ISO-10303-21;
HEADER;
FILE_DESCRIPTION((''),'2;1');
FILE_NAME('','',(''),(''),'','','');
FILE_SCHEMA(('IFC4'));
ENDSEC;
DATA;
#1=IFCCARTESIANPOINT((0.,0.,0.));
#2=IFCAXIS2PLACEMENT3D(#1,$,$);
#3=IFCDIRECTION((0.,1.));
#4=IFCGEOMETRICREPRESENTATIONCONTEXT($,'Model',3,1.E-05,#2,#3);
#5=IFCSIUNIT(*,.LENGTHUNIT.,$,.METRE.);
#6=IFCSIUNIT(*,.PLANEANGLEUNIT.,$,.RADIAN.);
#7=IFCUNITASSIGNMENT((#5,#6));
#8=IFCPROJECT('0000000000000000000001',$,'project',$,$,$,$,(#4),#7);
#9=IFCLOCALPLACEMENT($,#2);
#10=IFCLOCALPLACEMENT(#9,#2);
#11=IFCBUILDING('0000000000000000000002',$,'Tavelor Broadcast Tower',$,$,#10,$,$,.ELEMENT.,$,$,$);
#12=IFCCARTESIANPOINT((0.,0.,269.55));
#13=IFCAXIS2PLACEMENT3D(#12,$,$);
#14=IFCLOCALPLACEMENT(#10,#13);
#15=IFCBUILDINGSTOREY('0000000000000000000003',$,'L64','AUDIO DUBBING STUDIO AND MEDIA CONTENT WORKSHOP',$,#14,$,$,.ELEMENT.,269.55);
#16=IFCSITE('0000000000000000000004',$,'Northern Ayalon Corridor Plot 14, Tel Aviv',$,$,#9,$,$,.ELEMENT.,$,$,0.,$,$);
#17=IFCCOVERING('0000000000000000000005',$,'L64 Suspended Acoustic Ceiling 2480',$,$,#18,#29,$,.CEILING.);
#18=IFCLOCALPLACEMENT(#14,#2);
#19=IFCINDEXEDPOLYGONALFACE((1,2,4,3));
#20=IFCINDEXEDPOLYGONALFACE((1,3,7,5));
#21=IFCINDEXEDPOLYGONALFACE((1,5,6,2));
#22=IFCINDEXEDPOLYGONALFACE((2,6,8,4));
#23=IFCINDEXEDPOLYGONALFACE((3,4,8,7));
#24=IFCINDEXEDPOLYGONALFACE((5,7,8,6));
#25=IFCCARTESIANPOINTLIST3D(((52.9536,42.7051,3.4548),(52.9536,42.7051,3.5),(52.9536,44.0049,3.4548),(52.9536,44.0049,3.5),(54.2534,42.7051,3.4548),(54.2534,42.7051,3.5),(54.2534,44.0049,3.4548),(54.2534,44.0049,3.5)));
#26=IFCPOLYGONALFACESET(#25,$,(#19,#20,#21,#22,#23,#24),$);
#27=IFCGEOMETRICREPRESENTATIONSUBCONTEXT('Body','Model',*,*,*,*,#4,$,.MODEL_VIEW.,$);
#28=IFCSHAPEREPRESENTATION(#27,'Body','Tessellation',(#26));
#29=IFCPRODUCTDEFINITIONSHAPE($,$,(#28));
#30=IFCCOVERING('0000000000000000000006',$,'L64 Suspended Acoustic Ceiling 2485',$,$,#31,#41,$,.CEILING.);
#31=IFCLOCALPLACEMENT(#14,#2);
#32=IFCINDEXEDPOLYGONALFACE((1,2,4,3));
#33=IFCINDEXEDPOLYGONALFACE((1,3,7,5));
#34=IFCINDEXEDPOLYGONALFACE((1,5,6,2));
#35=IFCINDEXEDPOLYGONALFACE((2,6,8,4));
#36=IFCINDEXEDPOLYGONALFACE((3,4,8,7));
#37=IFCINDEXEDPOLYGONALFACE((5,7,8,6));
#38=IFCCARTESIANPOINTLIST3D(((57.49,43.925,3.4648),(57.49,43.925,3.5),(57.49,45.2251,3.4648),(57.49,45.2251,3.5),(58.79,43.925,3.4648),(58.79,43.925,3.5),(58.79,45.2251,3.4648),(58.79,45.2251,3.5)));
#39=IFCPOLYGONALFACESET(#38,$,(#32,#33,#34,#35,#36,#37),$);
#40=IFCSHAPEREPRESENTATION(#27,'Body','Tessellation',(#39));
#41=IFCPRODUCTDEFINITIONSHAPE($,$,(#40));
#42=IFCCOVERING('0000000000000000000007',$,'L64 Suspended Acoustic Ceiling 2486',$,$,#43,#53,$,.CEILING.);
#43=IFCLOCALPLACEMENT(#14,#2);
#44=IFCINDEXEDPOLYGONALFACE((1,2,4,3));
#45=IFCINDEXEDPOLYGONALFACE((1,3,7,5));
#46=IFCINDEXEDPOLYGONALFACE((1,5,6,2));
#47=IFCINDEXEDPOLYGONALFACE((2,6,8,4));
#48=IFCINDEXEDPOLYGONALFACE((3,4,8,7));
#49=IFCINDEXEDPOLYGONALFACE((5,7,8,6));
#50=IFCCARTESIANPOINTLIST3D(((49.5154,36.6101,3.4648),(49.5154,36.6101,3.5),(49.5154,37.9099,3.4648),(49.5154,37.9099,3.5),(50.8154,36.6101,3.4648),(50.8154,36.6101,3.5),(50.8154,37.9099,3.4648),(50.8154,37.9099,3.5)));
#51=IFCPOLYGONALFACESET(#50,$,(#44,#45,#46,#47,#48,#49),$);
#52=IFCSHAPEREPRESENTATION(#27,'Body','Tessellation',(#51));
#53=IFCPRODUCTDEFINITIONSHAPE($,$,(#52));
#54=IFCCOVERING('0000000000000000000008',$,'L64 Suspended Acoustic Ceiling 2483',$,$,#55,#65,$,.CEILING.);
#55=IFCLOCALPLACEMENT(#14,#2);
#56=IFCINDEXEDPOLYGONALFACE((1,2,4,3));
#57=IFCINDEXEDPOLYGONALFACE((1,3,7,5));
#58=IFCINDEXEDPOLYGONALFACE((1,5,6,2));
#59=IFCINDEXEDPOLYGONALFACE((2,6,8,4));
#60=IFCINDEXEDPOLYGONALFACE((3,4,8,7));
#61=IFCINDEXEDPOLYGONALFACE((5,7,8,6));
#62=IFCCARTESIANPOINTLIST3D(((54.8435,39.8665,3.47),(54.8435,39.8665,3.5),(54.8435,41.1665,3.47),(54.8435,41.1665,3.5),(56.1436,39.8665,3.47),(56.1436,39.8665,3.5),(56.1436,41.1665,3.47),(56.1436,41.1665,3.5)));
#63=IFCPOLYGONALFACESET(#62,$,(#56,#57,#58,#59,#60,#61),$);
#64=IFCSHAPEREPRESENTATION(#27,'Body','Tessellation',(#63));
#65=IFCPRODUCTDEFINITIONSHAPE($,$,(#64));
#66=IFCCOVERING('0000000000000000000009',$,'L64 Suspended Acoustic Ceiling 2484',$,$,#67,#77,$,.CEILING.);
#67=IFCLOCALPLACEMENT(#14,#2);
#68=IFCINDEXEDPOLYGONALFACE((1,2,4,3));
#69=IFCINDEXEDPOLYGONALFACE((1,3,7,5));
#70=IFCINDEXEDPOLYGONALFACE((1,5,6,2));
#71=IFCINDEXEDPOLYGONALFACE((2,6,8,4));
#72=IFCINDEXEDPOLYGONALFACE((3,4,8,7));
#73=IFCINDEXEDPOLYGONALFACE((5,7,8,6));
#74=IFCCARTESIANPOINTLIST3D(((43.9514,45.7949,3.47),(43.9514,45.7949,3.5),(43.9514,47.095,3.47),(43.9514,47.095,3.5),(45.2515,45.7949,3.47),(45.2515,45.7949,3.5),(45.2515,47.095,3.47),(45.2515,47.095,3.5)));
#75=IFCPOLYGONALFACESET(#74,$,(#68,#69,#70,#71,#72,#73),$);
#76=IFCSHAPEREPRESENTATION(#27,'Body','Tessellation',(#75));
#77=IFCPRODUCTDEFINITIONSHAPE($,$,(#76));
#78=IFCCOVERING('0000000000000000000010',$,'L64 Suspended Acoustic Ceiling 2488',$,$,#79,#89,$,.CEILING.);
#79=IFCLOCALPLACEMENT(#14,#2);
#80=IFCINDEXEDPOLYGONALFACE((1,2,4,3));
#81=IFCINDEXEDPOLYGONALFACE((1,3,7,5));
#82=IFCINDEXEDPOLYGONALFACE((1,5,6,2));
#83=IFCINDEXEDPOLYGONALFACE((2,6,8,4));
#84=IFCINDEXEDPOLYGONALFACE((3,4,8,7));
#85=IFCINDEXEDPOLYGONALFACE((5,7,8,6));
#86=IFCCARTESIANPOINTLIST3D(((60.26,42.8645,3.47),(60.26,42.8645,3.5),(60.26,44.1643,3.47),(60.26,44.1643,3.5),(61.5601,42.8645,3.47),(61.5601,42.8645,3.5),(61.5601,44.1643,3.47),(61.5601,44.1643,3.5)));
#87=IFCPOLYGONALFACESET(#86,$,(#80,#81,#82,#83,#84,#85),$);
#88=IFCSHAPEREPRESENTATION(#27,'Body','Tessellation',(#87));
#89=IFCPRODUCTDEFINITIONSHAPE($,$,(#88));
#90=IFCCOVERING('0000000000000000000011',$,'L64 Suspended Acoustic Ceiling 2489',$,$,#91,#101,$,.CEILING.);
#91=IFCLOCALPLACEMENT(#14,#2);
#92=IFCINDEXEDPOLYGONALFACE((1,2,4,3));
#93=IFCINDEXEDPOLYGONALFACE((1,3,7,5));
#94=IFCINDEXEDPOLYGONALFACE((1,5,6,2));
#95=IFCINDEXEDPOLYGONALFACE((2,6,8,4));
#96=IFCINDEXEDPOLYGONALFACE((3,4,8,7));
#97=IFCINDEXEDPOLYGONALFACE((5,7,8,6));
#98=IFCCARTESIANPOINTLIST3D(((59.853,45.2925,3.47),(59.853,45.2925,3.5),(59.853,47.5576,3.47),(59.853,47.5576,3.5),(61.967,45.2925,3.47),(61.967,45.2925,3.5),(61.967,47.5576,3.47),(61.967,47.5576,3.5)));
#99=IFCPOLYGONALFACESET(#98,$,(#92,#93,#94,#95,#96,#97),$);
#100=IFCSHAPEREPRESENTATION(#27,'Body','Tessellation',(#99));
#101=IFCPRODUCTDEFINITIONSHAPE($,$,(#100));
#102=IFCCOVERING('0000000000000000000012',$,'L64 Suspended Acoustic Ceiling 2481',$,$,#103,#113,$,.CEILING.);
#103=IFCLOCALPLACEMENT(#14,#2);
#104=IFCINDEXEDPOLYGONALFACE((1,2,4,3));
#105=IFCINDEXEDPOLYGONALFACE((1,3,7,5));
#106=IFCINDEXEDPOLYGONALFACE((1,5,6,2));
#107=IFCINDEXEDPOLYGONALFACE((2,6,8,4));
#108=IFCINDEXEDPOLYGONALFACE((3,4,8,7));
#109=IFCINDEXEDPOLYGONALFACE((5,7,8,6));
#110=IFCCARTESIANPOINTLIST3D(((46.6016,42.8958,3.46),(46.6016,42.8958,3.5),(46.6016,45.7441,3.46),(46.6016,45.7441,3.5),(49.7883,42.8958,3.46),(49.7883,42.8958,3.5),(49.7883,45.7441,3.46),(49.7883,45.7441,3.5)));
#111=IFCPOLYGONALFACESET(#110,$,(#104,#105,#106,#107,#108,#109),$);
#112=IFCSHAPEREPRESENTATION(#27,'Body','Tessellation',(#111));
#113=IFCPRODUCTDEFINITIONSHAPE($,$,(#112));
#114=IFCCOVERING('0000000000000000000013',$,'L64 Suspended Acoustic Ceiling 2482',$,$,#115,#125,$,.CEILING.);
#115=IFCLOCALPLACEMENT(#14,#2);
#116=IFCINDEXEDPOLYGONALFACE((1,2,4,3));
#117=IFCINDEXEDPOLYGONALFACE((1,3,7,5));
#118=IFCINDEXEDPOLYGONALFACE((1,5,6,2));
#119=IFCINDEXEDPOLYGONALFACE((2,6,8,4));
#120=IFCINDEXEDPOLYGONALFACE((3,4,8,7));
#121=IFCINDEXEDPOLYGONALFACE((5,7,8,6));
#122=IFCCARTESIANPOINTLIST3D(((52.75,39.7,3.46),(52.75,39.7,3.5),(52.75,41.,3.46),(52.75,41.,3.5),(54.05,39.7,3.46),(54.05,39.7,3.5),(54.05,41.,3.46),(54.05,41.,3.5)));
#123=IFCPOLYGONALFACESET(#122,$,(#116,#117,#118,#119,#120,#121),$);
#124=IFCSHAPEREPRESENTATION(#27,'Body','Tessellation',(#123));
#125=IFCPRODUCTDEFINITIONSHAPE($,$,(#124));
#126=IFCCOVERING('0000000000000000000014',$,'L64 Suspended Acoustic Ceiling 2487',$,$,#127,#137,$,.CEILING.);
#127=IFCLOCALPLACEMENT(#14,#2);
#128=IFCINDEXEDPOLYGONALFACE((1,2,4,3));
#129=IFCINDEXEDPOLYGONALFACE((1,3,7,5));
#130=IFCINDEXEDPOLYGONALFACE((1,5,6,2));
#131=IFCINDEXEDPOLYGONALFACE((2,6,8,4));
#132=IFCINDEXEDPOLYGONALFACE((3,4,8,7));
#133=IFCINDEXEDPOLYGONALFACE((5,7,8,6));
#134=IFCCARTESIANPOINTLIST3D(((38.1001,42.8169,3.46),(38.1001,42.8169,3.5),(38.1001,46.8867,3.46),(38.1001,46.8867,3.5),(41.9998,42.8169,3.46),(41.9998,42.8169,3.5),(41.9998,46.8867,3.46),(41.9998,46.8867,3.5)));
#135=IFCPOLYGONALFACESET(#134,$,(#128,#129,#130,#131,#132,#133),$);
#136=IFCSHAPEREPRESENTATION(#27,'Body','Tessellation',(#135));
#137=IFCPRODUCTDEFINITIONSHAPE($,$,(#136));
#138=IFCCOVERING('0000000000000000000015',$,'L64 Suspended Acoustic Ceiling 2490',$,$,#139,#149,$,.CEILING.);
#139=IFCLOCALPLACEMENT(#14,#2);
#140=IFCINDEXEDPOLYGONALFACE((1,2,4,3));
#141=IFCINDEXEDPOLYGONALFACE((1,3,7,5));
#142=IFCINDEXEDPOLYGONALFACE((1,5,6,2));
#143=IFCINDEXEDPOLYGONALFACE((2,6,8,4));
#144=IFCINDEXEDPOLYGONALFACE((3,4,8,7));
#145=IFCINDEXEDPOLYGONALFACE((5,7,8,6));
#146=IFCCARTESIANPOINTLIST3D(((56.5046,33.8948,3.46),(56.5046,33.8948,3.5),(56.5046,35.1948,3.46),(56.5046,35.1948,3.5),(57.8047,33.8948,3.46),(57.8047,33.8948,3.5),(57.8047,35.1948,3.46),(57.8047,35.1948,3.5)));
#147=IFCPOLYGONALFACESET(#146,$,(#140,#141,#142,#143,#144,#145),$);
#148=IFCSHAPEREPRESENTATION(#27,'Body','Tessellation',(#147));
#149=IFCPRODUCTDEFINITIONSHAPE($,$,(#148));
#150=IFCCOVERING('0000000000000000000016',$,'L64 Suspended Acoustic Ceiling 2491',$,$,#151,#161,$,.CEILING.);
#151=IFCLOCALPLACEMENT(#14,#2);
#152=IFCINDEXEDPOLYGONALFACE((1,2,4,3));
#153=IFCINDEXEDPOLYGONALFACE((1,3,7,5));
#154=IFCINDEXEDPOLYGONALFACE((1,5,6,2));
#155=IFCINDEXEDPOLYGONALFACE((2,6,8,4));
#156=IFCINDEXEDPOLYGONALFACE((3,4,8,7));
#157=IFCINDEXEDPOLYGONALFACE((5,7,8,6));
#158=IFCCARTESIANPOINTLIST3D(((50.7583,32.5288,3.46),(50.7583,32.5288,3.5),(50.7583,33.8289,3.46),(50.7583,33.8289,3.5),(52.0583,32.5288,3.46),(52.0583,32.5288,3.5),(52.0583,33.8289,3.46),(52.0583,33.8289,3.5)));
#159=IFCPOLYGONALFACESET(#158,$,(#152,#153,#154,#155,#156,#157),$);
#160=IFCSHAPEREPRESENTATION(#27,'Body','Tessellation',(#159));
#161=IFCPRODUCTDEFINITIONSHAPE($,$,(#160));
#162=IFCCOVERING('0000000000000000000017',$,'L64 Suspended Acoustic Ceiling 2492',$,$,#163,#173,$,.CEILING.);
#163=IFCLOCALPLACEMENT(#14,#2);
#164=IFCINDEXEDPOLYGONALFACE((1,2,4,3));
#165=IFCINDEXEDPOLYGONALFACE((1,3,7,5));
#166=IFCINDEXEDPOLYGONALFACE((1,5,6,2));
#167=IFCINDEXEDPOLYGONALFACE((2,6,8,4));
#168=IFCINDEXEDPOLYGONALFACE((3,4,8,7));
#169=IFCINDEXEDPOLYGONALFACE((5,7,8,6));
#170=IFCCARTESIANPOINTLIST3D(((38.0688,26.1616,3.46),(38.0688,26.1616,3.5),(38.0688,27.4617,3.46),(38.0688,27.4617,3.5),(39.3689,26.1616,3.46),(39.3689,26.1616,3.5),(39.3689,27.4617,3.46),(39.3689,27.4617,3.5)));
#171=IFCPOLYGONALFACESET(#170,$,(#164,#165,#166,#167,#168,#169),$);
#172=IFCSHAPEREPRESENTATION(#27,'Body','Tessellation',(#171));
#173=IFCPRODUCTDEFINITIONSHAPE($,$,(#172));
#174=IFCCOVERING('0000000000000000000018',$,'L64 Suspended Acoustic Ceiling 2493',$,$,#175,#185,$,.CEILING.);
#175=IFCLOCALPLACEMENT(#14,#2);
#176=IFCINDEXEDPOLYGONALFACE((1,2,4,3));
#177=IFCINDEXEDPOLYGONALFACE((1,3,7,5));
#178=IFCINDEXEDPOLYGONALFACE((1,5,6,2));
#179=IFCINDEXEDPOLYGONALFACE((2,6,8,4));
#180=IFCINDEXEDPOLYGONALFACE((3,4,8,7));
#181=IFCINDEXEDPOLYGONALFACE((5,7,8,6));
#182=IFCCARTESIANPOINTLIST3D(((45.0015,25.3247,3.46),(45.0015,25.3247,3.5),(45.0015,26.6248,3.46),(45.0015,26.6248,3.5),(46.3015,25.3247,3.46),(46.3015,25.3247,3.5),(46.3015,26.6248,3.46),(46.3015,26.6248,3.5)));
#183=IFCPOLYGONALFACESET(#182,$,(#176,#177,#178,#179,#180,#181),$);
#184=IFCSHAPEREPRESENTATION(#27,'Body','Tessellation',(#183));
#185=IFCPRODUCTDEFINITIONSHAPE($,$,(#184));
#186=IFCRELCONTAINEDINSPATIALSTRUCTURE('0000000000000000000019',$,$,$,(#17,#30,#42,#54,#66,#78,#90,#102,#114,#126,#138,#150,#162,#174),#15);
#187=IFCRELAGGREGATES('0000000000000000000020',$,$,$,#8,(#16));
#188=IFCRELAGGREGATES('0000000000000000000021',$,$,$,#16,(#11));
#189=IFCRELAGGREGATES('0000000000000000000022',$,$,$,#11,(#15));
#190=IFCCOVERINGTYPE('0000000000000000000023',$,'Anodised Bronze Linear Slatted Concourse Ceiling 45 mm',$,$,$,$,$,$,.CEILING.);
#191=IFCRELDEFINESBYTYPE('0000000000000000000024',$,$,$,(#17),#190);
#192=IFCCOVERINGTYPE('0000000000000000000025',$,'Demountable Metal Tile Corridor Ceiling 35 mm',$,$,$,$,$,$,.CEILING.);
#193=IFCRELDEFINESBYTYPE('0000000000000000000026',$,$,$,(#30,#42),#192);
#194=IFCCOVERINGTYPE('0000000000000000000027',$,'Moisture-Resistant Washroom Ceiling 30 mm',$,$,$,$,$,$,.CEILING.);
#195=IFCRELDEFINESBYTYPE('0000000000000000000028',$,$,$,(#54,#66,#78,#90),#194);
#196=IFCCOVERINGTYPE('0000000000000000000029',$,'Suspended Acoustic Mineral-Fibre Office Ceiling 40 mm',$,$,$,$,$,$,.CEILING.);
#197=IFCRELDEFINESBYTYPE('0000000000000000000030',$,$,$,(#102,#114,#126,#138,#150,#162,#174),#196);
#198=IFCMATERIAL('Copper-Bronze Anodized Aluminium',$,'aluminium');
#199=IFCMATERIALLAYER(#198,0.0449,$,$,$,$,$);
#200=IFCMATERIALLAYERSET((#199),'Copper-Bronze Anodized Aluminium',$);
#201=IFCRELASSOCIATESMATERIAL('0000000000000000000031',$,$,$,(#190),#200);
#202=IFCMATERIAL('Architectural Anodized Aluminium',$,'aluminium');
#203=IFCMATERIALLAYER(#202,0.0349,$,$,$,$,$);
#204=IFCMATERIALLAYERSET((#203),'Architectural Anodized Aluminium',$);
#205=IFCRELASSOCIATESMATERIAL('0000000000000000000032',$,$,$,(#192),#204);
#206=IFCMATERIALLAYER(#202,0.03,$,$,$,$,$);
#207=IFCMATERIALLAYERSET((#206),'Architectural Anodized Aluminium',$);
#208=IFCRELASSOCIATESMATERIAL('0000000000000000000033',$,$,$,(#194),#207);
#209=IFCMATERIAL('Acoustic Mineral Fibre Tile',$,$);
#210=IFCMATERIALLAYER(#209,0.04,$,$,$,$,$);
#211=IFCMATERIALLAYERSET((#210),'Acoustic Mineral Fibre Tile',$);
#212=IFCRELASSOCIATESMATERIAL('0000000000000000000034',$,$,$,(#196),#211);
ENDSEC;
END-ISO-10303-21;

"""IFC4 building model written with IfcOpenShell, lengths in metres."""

from ifc_helpers import new_model, si_unit, direction, frame, origin, place, context, subcontext, project, spatial, polyline, outline, extrude, material, layer, layer_set, type_object, element, save


model = new_model("IFC4")

# Units and contexts
model_context = context("Model", 3, precision=1e-05, world=origin(), true_north=direction((0.0, 1.0)))
body_context = subcontext(model_context, "Body", "Model", "MODEL_VIEW")
ifc_project = project(units=[si_unit("LENGTHUNIT", "METRE"), si_unit("PLANEANGLEUNIT", "RADIAN")], contexts=[model_context])

# Site, building, storey
site_placement = place(None, origin())
site = spatial("IfcSite", under=ifc_project, at=site_placement, Name="Northern Ayalon Corridor Plot 14, Tel Aviv", CompositionType="ELEMENT", RefElevation=0.0)
building_placement = place(site_placement, origin())
building = spatial("IfcBuilding", under=site, at=building_placement, Name="Tavelor Broadcast Tower", CompositionType="ELEMENT")
storey_placement = place(building_placement, frame((0.0, 0.0, 269.55)))
storey = spatial("IfcBuildingStorey", under=building, at=storey_placement, Name="L64", Description="AUDIO DUBBING STUDIO AND MEDIA CONTENT WORKSHOP", CompositionType="ELEMENT", Elevation=269.55)

# Coverings
ifc_material_1 = material(Name="Copper-Bronze Anodized Aluminium", Category="aluminium")
ifc_layer_1 = layer(ifc_material_1, 0.0449)
ifc_layer_set_1 = layer_set([ifc_layer_1], Name="Copper-Bronze Anodized Aluminium")
covering_type_1 = type_object("IfcCoveringType", Name="Anodised Bronze Linear Slatted Concourse Ceiling 45 mm", PredefinedType="CEILING", material=ifc_layer_set_1)
covering_1_placement = place(storey_placement, frame((0.0, 0.0, 3.4548)))
element("IfcCovering", 1, at=covering_1_placement, inside=storey, type_object=covering_type_1, Name="L64 Suspended Acoustic Ceiling 2480", PredefinedType="CEILING", context=body_context, shape_type="SweptSolid", body=[
    extrude(outline(polyline([(52.9536, 42.7051), (54.2534, 42.7051), (54.2534, 44.0049), (52.9536, 44.0049), (52.9536, 42.7051)])), origin(), (0.0, 0.0, 1.0), 0.0452),
])
ifc_material_2 = material(Name="Architectural Anodized Aluminium", Category="aluminium")
ifc_layer_2 = layer(ifc_material_2, 0.0349)
ifc_layer_set_2 = layer_set([ifc_layer_2], Name="Architectural Anodized Aluminium")
covering_type_2 = type_object("IfcCoveringType", Name="Demountable Metal Tile Corridor Ceiling 35 mm", PredefinedType="CEILING", material=ifc_layer_set_2)
covering_2_placement = place(storey_placement, frame((0.0, 0.0, 3.4648)))
element("IfcCovering", 2, at=covering_2_placement, inside=storey, type_object=covering_type_2, Name="L64 Suspended Acoustic Ceiling 2485", PredefinedType="CEILING", context=body_context, shape_type="SweptSolid", body=[
    extrude(outline(polyline([(57.49, 43.925), (58.79, 43.925), (58.79, 45.2251), (57.49, 45.2251), (57.49, 43.925)])), origin(), (0.0, 0.0, 1.0), 0.0352),
])
covering_3_placement = place(storey_placement, frame((0.0, 0.0, 3.4648)))
element("IfcCovering", 3, at=covering_3_placement, inside=storey, type_object=covering_type_2, Name="L64 Suspended Acoustic Ceiling 2486", PredefinedType="CEILING", context=body_context, shape_type="SweptSolid", body=[
    extrude(outline(polyline([(49.5154, 36.6101), (50.8154, 36.6101), (50.8154, 37.9099), (49.5154, 37.9099), (49.5154, 36.6101)])), origin(), (0.0, 0.0, 1.0), 0.0352),
])
ifc_layer_3 = layer(ifc_material_2, 0.03)
ifc_layer_set_3 = layer_set([ifc_layer_3], Name="Architectural Anodized Aluminium")
covering_type_3 = type_object("IfcCoveringType", Name="Moisture-Resistant Washroom Ceiling 30 mm", PredefinedType="CEILING", material=ifc_layer_set_3)
covering_4_placement = place(storey_placement, frame((0.0, 0.0, 3.47)))
element("IfcCovering", 4, at=covering_4_placement, inside=storey, type_object=covering_type_3, Name="L64 Suspended Acoustic Ceiling 2483", PredefinedType="CEILING", context=body_context, shape_type="SweptSolid", body=[
    extrude(outline(polyline([(54.8435, 39.8665), (56.1436, 39.8665), (56.1436, 41.1665), (54.8435, 41.1665), (54.8435, 39.8665)])), origin(), (0.0, 0.0, 1.0), 0.03),
])
covering_5_placement = place(storey_placement, frame((0.0, 0.0, 3.47)))
element("IfcCovering", 5, at=covering_5_placement, inside=storey, type_object=covering_type_3, Name="L64 Suspended Acoustic Ceiling 2484", PredefinedType="CEILING", context=body_context, shape_type="SweptSolid", body=[
    extrude(outline(polyline([(43.9514, 45.7949), (45.2515, 45.7949), (45.2515, 47.095), (43.9514, 47.095), (43.9514, 45.7949)])), origin(), (0.0, 0.0, 1.0), 0.03),
])
covering_6_placement = place(storey_placement, frame((0.0, 0.0, 3.47)))
element("IfcCovering", 6, at=covering_6_placement, inside=storey, type_object=covering_type_3, Name="L64 Suspended Acoustic Ceiling 2488", PredefinedType="CEILING", context=body_context, shape_type="SweptSolid", body=[
    extrude(outline(polyline([(60.26, 42.8645), (61.5601, 42.8645), (61.5601, 44.1643), (60.26, 44.1643), (60.26, 42.8645)])), origin(), (0.0, 0.0, 1.0), 0.03),
])
covering_7_placement = place(storey_placement, frame((0.0, 0.0, 3.47)))
element("IfcCovering", 7, at=covering_7_placement, inside=storey, type_object=covering_type_3, Name="L64 Suspended Acoustic Ceiling 2489", PredefinedType="CEILING", context=body_context, shape_type="SweptSolid", body=[
    extrude(outline(polyline([(59.853, 45.2925), (61.967, 45.2925), (61.967, 47.5576), (59.853, 47.5576), (59.853, 45.2925)])), origin(), (0.0, 0.0, 1.0), 0.03),
])
ifc_material_3 = material(Name="Acoustic Mineral Fibre Tile")
ifc_layer_4 = layer(ifc_material_3, 0.04)
ifc_layer_set_4 = layer_set([ifc_layer_4], Name="Acoustic Mineral Fibre Tile")
covering_type_4 = type_object("IfcCoveringType", Name="Suspended Acoustic Mineral-Fibre Office Ceiling 40 mm", PredefinedType="CEILING", material=ifc_layer_set_4)
covering_8_placement = place(storey_placement, frame((0.0, 0.0, 3.46)))
element("IfcCovering", 8, at=covering_8_placement, inside=storey, type_object=covering_type_4, Name="L64 Suspended Acoustic Ceiling 2481", PredefinedType="CEILING", context=body_context, shape_type="SweptSolid", body=[
    extrude(outline(polyline([(46.6016, 42.8958), (49.7883, 42.8958), (49.7883, 45.7441), (46.6016, 45.7441), (46.6016, 42.8958)])), origin(), (0.0, 0.0, 1.0), 0.04),
])
covering_9_placement = place(storey_placement, frame((0.0, 0.0, 3.46)))
element("IfcCovering", 9, at=covering_9_placement, inside=storey, type_object=covering_type_4, Name="L64 Suspended Acoustic Ceiling 2482", PredefinedType="CEILING", context=body_context, shape_type="SweptSolid", body=[
    extrude(outline(polyline([(52.75, 39.7), (54.05, 39.7), (54.05, 41.0), (52.75, 41.0), (52.75, 39.7)])), origin(), (0.0, 0.0, 1.0), 0.04),
])
covering_10_placement = place(storey_placement, frame((0.0, 0.0, 3.46)))
element("IfcCovering", 10, at=covering_10_placement, inside=storey, type_object=covering_type_4, Name="L64 Suspended Acoustic Ceiling 2487", PredefinedType="CEILING", context=body_context, shape_type="SweptSolid", body=[
    extrude(outline(polyline([(38.1001, 42.8169), (41.9998, 42.8169), (41.9998, 46.8867), (38.1001, 46.8867), (38.1001, 42.8169)])), origin(), (0.0, 0.0, 1.0), 0.04),
])
covering_11_placement = place(storey_placement, frame((0.0, 0.0, 3.46)))
element("IfcCovering", 11, at=covering_11_placement, inside=storey, type_object=covering_type_4, Name="L64 Suspended Acoustic Ceiling 2490", PredefinedType="CEILING", context=body_context, shape_type="SweptSolid", body=[
    extrude(outline(polyline([(56.5046, 33.8948), (57.8047, 33.8948), (57.8047, 35.1948), (56.5046, 35.1948), (56.5046, 33.8948)])), origin(), (0.0, 0.0, 1.0), 0.04),
])
covering_12_placement = place(storey_placement, frame((0.0, 0.0, 3.46)))
element("IfcCovering", 12, at=covering_12_placement, inside=storey, type_object=covering_type_4, Name="L64 Suspended Acoustic Ceiling 2491", PredefinedType="CEILING", context=body_context, shape_type="SweptSolid", body=[
    extrude(outline(polyline([(50.7583, 32.5288), (52.0583, 32.5288), (52.0583, 33.8289), (50.7583, 33.8289), (50.7583, 32.5288)])), origin(), (0.0, 0.0, 1.0), 0.04),
])
covering_13_placement = place(storey_placement, frame((0.0, 0.0, 3.46)))
element("IfcCovering", 13, at=covering_13_placement, inside=storey, type_object=covering_type_4, Name="L64 Suspended Acoustic Ceiling 2492", PredefinedType="CEILING", context=body_context, shape_type="SweptSolid", body=[
    extrude(outline(polyline([(38.0688, 26.1616), (39.3689, 26.1616), (39.3689, 27.4617), (38.0688, 27.4617), (38.0688, 26.1616)])), origin(), (0.0, 0.0, 1.0), 0.04),
])
covering_14_placement = place(storey_placement, frame((0.0, 0.0, 3.46)))
element("IfcCovering", 14, at=covering_14_placement, inside=storey, type_object=covering_type_4, Name="L64 Suspended Acoustic Ceiling 2493", PredefinedType="CEILING", context=body_context, shape_type="SweptSolid", body=[
    extrude(outline(polyline([(45.0015, 25.3247), (46.3015, 25.3247), (46.3015, 26.6248), (45.0015, 26.6248), (45.0015, 25.3247)])), origin(), (0.0, 0.0, 1.0), 0.04),
])

save(model, "model.ifc")
